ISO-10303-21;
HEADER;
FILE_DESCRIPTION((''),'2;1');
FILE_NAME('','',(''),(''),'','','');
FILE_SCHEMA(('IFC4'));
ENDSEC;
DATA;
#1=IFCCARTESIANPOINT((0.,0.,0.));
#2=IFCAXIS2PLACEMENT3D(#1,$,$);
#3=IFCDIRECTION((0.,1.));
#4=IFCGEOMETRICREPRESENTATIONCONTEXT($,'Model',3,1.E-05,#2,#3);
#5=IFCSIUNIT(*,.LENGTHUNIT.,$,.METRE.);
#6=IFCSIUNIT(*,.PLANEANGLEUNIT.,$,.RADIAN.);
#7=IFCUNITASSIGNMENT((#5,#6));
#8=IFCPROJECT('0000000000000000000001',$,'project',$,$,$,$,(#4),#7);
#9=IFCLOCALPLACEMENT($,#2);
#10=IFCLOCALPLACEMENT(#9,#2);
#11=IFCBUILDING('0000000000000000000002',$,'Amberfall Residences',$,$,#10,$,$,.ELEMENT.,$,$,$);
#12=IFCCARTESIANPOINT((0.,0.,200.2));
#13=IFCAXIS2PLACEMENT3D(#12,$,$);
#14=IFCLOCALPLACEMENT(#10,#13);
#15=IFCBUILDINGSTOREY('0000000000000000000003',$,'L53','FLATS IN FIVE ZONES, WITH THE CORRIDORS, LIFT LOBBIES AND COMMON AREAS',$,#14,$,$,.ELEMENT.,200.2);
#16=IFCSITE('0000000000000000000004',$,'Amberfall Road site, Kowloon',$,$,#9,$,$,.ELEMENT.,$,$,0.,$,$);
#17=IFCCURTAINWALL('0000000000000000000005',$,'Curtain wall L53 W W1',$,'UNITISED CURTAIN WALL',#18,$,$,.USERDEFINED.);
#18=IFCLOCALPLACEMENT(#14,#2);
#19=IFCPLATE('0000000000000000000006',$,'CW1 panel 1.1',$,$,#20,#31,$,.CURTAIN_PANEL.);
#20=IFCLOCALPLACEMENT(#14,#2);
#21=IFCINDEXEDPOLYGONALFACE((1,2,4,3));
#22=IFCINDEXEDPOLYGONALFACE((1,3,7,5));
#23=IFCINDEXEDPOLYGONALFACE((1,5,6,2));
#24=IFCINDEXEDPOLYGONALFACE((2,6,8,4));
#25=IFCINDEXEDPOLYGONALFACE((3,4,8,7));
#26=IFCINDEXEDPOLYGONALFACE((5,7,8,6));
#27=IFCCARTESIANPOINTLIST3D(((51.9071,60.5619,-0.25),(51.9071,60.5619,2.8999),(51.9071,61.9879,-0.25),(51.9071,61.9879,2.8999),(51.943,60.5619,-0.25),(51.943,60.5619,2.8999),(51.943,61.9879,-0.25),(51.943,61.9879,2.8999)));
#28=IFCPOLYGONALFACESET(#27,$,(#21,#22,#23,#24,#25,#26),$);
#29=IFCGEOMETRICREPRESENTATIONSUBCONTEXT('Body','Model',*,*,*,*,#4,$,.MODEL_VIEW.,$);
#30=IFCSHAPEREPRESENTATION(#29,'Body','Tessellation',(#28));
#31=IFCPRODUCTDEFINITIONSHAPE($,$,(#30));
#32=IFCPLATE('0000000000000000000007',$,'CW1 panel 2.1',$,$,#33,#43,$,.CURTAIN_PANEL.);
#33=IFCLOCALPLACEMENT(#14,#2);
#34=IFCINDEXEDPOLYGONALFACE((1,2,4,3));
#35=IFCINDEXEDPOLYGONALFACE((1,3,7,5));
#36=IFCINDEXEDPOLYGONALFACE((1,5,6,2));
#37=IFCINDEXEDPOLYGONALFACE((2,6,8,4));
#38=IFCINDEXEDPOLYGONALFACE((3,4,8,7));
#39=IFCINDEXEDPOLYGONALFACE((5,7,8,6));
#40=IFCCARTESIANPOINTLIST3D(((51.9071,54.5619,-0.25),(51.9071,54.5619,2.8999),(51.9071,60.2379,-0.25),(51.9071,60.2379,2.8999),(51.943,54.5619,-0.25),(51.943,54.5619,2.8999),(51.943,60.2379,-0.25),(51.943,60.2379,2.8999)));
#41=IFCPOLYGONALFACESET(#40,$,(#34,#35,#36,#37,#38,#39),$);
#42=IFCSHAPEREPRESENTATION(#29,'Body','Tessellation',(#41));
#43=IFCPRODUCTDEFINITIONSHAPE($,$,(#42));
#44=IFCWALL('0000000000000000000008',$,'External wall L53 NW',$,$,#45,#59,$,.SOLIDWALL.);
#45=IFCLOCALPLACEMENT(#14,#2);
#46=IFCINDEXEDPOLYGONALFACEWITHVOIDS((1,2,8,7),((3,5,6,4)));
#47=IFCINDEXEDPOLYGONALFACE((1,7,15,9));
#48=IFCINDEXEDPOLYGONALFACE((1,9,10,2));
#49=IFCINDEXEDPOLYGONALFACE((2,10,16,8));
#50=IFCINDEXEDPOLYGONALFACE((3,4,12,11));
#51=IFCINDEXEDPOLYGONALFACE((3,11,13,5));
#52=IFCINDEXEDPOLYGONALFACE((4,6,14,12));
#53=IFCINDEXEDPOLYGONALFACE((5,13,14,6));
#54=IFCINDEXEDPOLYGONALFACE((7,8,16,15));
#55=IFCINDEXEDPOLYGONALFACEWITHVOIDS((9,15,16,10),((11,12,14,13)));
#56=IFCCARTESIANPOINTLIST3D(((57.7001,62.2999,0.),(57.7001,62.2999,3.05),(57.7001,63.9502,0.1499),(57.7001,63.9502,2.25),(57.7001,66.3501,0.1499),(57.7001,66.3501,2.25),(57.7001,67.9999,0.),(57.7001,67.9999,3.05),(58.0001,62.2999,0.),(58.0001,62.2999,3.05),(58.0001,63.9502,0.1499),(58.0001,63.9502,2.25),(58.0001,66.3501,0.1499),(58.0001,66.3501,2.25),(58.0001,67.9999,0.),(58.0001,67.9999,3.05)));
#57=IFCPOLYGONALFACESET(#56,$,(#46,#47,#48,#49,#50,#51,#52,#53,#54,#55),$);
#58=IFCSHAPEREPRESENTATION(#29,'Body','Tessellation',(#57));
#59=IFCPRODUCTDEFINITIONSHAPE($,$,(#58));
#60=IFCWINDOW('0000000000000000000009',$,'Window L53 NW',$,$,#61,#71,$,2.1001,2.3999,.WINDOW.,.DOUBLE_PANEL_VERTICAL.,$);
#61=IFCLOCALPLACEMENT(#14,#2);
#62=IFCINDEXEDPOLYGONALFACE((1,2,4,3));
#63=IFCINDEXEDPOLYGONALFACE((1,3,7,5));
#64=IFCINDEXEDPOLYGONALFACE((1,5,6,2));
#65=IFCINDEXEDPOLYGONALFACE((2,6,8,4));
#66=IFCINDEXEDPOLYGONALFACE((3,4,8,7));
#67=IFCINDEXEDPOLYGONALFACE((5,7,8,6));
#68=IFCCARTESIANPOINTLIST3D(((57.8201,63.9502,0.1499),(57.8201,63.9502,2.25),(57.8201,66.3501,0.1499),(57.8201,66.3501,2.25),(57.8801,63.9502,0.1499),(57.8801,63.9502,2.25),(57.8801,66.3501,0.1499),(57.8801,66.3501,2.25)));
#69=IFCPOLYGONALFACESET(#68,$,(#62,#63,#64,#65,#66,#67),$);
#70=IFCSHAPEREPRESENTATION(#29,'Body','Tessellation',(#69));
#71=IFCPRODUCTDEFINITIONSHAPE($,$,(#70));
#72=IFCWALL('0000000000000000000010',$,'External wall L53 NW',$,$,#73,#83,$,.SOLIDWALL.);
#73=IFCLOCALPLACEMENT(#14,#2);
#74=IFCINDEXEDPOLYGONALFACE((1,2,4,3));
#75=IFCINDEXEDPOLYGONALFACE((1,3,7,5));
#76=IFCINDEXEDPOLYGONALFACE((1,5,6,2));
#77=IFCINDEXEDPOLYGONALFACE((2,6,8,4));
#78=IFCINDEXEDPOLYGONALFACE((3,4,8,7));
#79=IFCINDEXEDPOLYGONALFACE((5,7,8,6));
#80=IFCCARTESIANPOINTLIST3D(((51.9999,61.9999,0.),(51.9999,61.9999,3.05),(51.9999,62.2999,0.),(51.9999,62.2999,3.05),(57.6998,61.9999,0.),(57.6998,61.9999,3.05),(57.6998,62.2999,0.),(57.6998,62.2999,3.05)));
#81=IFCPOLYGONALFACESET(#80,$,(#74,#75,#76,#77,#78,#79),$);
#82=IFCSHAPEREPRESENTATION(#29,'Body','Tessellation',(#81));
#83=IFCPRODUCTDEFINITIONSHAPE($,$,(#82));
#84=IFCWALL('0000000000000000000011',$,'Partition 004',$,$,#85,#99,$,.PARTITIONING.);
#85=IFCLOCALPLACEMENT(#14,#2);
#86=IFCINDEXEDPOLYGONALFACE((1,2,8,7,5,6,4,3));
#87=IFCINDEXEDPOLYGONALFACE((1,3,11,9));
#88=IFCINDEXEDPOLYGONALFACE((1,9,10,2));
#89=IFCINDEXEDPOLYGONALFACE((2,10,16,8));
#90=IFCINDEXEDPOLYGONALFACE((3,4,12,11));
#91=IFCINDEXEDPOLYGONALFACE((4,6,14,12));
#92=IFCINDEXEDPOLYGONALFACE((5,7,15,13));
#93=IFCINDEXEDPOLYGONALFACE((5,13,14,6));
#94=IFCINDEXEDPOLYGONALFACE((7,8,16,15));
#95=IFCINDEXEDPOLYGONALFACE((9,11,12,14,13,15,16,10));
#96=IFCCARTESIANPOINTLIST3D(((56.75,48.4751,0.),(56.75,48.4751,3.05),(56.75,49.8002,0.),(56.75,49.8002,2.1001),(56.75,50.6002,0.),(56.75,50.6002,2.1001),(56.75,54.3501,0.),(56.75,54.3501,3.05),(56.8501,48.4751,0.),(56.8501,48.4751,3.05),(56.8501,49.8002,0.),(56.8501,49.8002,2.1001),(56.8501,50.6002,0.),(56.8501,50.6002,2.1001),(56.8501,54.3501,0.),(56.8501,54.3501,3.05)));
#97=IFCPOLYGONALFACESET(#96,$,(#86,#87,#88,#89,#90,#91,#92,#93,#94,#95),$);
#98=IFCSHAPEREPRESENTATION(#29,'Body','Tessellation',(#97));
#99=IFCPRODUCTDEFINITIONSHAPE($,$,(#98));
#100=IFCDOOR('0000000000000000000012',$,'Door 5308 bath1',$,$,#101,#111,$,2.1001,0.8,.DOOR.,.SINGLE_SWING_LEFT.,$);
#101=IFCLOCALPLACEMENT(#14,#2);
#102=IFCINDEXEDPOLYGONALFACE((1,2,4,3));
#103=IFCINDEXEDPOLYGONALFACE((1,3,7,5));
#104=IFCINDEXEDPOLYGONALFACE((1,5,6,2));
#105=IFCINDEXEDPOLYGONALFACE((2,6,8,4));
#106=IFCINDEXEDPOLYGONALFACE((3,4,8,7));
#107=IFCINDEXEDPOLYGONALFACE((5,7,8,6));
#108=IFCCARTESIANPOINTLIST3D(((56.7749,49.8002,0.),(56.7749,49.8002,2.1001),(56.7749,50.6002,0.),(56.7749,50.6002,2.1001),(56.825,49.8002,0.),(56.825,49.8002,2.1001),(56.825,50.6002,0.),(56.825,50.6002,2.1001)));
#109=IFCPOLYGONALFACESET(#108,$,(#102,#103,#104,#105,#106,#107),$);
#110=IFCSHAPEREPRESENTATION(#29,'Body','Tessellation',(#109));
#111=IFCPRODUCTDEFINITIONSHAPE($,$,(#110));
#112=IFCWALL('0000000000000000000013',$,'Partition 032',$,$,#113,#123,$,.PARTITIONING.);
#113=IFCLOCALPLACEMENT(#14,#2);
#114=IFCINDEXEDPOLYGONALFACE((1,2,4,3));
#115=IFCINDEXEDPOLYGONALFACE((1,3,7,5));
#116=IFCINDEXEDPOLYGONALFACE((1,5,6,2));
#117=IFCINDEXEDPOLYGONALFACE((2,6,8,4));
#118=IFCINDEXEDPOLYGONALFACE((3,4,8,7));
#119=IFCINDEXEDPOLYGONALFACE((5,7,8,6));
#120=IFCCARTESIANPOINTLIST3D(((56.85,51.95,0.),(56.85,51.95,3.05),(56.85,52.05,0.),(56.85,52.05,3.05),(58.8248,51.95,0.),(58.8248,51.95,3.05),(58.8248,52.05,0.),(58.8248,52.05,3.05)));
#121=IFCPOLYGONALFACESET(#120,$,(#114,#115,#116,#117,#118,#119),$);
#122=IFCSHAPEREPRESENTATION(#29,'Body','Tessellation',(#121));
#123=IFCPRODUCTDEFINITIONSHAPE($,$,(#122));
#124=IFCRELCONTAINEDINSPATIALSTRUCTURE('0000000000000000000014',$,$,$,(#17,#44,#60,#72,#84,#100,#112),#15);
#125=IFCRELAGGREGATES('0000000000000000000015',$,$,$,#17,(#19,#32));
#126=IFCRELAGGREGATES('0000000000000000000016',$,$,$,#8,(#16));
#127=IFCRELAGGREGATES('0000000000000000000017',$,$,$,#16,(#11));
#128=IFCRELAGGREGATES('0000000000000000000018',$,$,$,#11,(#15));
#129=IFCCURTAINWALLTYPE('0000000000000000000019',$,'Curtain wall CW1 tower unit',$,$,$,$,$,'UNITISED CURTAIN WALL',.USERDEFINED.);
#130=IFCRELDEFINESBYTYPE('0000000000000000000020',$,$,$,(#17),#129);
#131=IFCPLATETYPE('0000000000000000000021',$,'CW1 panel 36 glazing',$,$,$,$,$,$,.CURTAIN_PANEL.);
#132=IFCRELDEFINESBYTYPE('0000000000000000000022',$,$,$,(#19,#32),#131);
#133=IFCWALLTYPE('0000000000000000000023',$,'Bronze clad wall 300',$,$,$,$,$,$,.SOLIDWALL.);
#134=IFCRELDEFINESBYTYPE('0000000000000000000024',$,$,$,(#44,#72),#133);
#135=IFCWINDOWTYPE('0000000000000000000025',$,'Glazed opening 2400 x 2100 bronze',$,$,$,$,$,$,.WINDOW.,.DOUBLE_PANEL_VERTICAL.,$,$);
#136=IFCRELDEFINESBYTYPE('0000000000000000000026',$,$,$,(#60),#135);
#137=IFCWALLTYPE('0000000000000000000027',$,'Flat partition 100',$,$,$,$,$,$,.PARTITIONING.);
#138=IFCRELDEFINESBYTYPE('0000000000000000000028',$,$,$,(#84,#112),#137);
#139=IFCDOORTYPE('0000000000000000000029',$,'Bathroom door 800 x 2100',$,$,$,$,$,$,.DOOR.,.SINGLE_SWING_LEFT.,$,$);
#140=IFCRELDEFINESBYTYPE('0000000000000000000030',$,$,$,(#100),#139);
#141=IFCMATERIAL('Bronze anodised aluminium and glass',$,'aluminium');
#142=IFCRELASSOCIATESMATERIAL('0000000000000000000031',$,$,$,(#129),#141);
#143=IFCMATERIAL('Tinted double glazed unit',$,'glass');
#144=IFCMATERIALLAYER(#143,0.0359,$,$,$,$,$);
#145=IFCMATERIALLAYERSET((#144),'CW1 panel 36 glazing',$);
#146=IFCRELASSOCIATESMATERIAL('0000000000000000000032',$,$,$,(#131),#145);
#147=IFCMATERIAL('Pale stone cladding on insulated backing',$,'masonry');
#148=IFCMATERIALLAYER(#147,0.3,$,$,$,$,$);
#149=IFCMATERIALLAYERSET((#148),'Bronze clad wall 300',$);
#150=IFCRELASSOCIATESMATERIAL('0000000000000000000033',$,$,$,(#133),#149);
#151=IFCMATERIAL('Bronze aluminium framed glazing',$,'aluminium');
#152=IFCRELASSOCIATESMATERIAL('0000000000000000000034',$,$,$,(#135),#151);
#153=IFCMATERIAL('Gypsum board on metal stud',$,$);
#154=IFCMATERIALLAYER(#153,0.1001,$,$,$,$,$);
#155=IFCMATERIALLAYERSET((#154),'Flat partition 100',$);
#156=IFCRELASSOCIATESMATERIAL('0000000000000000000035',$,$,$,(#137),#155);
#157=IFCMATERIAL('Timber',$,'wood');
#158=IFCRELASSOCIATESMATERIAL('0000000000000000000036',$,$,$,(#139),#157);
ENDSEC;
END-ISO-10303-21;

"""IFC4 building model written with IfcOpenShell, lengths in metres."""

from ifc_helpers import new_model, si_unit, direction, frame, frame_2d, origin, origin_2d, place, context, subcontext, project, spatial, rectangle, extrude, material, layer, layer_set, type_object, element, fill, aggregate, save


model = new_model("IFC4")

# Units and contexts
model_context = context("Model", 3, precision=1e-05, world=origin(), true_north=direction((0.0, 1.0)))
body_context = subcontext(model_context, "Body", "Model", "MODEL_VIEW")
ifc_project = project(units=[si_unit("LENGTHUNIT", "METRE"), si_unit("PLANEANGLEUNIT", "RADIAN")], contexts=[model_context])

# Site, building, storey
site_placement = place(None, origin())
site = spatial("IfcSite", under=ifc_project, at=site_placement, Name="Amberfall Road site, Kowloon", CompositionType="ELEMENT", RefElevation=0.0)
building_placement = place(site_placement, origin())
building = spatial("IfcBuilding", under=site, at=building_placement, Name="Amberfall Residences", CompositionType="ELEMENT")
storey_placement = place(building_placement, frame((0.0, 0.0, 200.2)))
storey = spatial("IfcBuildingStorey", under=building, at=storey_placement, Name="L53", Description="FLATS IN FIVE ZONES, WITH THE CORRIDORS, LIFT LOBBIES AND COMMON AREAS", CompositionType="ELEMENT", Elevation=200.2)

# Curtain wall
ifc_material_1 = material(Name="Bronze anodised aluminium and glass", Category="aluminium")
curtain_wall_type = type_object("IfcCurtainWallType", Name="Curtain wall CW1 tower unit", ElementType="UNITISED CURTAIN WALL", PredefinedType="USERDEFINED", material=ifc_material_1)
curtain_wall_1_placement = place(storey_placement, origin())
curtain_wall_1 = element("IfcCurtainWall", 1, at=curtain_wall_1_placement, inside=storey, type_object=curtain_wall_type, Name="Curtain wall L53 W W1", ObjectType="UNITISED CURTAIN WALL", PredefinedType="USERDEFINED")

# Plates
ifc_material_2 = material(Name="Tinted double glazed unit", Category="glass")
ifc_layer_1 = layer(ifc_material_2, 0.0359)
ifc_layer_set_1 = layer_set([ifc_layer_1], Name="CW1 panel 36 glazing")
plate_type = type_object("IfcPlateType", Name="CW1 panel 36 glazing", PredefinedType="CURTAIN_PANEL", material=ifc_layer_set_1)
plate_1_placement = place(storey_placement, frame((51.925, 61.2749, -0.25), z_axis=(0.0, 0.0, 1.0), x_axis=(0.0, -1.0, 0.0)))
plate_1 = element("IfcPlate", 2, at=plate_1_placement, type_object=plate_type, Name="CW1 panel 1.1", PredefinedType="CURTAIN_PANEL", context=body_context, shape_type="SweptSolid", body=[
    extrude(rectangle(XDim=1.426, YDim=0.0359, at=origin_2d()), origin(), (0.0, 0.0, 1.0), 3.1499),
])
plate_2_placement = place(storey_placement, frame((51.925, 57.3999, -0.25), z_axis=(0.0, 0.0, 1.0), x_axis=(0.0, -1.0, 0.0)))
plate_2 = element("IfcPlate", 3, at=plate_2_placement, type_object=plate_type, Name="CW1 panel 2.1", PredefinedType="CURTAIN_PANEL", context=body_context, shape_type="SweptSolid", body=[
    extrude(rectangle(XDim=5.676, YDim=0.0359, at=origin_2d()), origin(), (0.0, 0.0, 1.0), 3.1499),
])
aggregate(curtain_wall_1, [plate_1, plate_2])

# Wall, opening, window
ifc_material_3 = material(Name="Pale stone cladding on insulated backing", Category="masonry")
ifc_layer_2 = layer(ifc_material_3, 0.3)
ifc_layer_set_2 = layer_set([ifc_layer_2], Name="Bronze clad wall 300")
wall_type_1 = type_object("IfcWallType", Name="Bronze clad wall 300", PredefinedType="SOLIDWALL", material=ifc_layer_set_2)
wall_1_placement = place(storey_placement, frame((57.8501, 68.0, 0.0), z_axis=(0.0, 0.0, 1.0), x_axis=(0.0, -1.0, 0.0)))
wall_1 = element("IfcWall", 4, at=wall_1_placement, inside=storey, type_object=wall_type_1, Name="External wall L53 NW", PredefinedType="SOLIDWALL", context=body_context, shape_type="SweptSolid", body=[
    extrude(rectangle(XDim=5.7, YDim=0.3, at=frame_2d((2.8501, 0.0))), origin(), (0.0, 0.0, 1.0), 3.05),
])
opening_1_placement = place(wall_1_placement, frame((1.6499, 0.0, 0.1499)))
opening_1 = element("IfcOpeningElement", 5, at=opening_1_placement, cuts=wall_1, PredefinedType="OPENING", context=body_context, shape_type="SweptSolid", body=[
    extrude(rectangle(XDim=2.3999, YDim=2.1001, at=frame_2d((1.2, 1.05))), frame((0.0, 0.1599, 0.0), z_axis=(0.0, -1.0, 0.0), x_axis=(1.0, 0.0, 0.0)), (0.0, 0.0, 1.0), 0.3201),
])
ifc_material_4 = material(Name="Bronze aluminium framed glazing", Category="aluminium")
window_type = type_object("IfcWindowType", Name="Glazed opening 2400 x 2100 bronze", PartitioningType="DOUBLE_PANEL_VERTICAL", PredefinedType="WINDOW", material=ifc_material_4)
window_placement = place(opening_1_placement, origin())
window = element("IfcWindow", 6, at=window_placement, inside=storey, type_object=window_type, Name="Window L53 NW", OverallHeight=2.1001, OverallWidth=2.3999, PartitioningType="DOUBLE_PANEL_VERTICAL", PredefinedType="WINDOW", context=body_context, shape_type="SweptSolid", body=[
    extrude(rectangle(XDim=2.3999, YDim=2.1001, at=frame_2d((1.2, 1.05))), frame((0.0, 0.03, 0.0), z_axis=(0.0, -1.0, 0.0), x_axis=(1.0, 0.0, 0.0)), (0.0, 0.0, 1.0), 0.0601),
])
fill(opening_1, window)

# Wall
wall_2_placement = place(storey_placement, frame((57.7, 62.1499, 0.0), z_axis=(0.0, 0.0, 1.0), x_axis=(-1.0, 0.0, 0.0)))
element("IfcWall", 7, at=wall_2_placement, inside=storey, type_object=wall_type_1, Name="External wall L53 NW", PredefinedType="SOLIDWALL", context=body_context, shape_type="SweptSolid", body=[
    extrude(rectangle(XDim=5.7, YDim=0.3, at=frame_2d((2.8501, 0.0))), origin(), (0.0, 0.0, 1.0), 3.05),
])

# Wall, opening, door
ifc_material_5 = material(Name="Gypsum board on metal stud")
ifc_layer_3 = layer(ifc_material_5, 0.1001)
ifc_layer_set_3 = layer_set([ifc_layer_3], Name="Flat partition 100")
wall_type_2 = type_object("IfcWallType", Name="Flat partition 100", PredefinedType="PARTITIONING", material=ifc_layer_set_3)
wall_3_placement = place(storey_placement, frame((56.8, 54.3501, 0.0), z_axis=(0.0, 0.0, 1.0), x_axis=(0.0, -1.0, 0.0)))
wall_3 = element("IfcWall", 8, at=wall_3_placement, inside=storey, type_object=wall_type_2, Name="Partition 004", PredefinedType="PARTITIONING", context=body_context, shape_type="SweptSolid", body=[
    extrude(rectangle(XDim=5.875, YDim=0.1001, at=frame_2d((2.9375, 0.0))), origin(), (0.0, 0.0, 1.0), 3.05),
])
opening_2_placement = place(wall_3_placement, frame((3.75, 0.0, 0.0)))
opening_2 = element("IfcOpeningElement", 9, at=opening_2_placement, cuts=wall_3, PredefinedType="OPENING", context=body_context, shape_type="SweptSolid", body=[
    extrude(rectangle(XDim=0.8, YDim=2.1001, at=frame_2d((0.3999, 1.05))), frame((0.0, 0.0601, 0.0), z_axis=(0.0, -1.0, 0.0), x_axis=(1.0, 0.0, 0.0)), (0.0, 0.0, 1.0), 0.1201),
])
ifc_material_6 = material(Name="Timber", Category="wood")
door_type = type_object("IfcDoorType", Name="Bathroom door 800 x 2100", OperationType="SINGLE_SWING_LEFT", PredefinedType="DOOR", material=ifc_material_6)
door_placement = place(opening_2_placement, origin())
door = element("IfcDoor", 10, at=door_placement, inside=storey, type_object=door_type, Name="Door 5308 bath1", OperationType="SINGLE_SWING_LEFT", OverallHeight=2.1001, OverallWidth=0.8, PredefinedType="DOOR", context=body_context, shape_type="SweptSolid", body=[
    extrude(rectangle(XDim=0.8, YDim=2.1001, at=frame_2d((0.3999, 1.05))), frame((0.0, 0.0249, 0.0), z_axis=(0.0, -1.0, 0.0), x_axis=(1.0, 0.0, 0.0)), (0.0, 0.0, 1.0), 0.05),
])
fill(opening_2, door)

# Wall
wall_4_placement = place(storey_placement, frame((56.8501, 52.0, 0.0), z_axis=(0.0, 0.0, 1.0), x_axis=(1.0, 0.0, 0.0)))
element("IfcWall", 11, at=wall_4_placement, inside=storey, type_object=wall_type_2, Name="Partition 032", PredefinedType="PARTITIONING", context=body_context, shape_type="SweptSolid", body=[
    extrude(rectangle(XDim=1.9749, YDim=0.1001, at=frame_2d((0.9873, 0.0))), origin(), (0.0, 0.0, 1.0), 3.05),
])

save(model, "model.ifc")
